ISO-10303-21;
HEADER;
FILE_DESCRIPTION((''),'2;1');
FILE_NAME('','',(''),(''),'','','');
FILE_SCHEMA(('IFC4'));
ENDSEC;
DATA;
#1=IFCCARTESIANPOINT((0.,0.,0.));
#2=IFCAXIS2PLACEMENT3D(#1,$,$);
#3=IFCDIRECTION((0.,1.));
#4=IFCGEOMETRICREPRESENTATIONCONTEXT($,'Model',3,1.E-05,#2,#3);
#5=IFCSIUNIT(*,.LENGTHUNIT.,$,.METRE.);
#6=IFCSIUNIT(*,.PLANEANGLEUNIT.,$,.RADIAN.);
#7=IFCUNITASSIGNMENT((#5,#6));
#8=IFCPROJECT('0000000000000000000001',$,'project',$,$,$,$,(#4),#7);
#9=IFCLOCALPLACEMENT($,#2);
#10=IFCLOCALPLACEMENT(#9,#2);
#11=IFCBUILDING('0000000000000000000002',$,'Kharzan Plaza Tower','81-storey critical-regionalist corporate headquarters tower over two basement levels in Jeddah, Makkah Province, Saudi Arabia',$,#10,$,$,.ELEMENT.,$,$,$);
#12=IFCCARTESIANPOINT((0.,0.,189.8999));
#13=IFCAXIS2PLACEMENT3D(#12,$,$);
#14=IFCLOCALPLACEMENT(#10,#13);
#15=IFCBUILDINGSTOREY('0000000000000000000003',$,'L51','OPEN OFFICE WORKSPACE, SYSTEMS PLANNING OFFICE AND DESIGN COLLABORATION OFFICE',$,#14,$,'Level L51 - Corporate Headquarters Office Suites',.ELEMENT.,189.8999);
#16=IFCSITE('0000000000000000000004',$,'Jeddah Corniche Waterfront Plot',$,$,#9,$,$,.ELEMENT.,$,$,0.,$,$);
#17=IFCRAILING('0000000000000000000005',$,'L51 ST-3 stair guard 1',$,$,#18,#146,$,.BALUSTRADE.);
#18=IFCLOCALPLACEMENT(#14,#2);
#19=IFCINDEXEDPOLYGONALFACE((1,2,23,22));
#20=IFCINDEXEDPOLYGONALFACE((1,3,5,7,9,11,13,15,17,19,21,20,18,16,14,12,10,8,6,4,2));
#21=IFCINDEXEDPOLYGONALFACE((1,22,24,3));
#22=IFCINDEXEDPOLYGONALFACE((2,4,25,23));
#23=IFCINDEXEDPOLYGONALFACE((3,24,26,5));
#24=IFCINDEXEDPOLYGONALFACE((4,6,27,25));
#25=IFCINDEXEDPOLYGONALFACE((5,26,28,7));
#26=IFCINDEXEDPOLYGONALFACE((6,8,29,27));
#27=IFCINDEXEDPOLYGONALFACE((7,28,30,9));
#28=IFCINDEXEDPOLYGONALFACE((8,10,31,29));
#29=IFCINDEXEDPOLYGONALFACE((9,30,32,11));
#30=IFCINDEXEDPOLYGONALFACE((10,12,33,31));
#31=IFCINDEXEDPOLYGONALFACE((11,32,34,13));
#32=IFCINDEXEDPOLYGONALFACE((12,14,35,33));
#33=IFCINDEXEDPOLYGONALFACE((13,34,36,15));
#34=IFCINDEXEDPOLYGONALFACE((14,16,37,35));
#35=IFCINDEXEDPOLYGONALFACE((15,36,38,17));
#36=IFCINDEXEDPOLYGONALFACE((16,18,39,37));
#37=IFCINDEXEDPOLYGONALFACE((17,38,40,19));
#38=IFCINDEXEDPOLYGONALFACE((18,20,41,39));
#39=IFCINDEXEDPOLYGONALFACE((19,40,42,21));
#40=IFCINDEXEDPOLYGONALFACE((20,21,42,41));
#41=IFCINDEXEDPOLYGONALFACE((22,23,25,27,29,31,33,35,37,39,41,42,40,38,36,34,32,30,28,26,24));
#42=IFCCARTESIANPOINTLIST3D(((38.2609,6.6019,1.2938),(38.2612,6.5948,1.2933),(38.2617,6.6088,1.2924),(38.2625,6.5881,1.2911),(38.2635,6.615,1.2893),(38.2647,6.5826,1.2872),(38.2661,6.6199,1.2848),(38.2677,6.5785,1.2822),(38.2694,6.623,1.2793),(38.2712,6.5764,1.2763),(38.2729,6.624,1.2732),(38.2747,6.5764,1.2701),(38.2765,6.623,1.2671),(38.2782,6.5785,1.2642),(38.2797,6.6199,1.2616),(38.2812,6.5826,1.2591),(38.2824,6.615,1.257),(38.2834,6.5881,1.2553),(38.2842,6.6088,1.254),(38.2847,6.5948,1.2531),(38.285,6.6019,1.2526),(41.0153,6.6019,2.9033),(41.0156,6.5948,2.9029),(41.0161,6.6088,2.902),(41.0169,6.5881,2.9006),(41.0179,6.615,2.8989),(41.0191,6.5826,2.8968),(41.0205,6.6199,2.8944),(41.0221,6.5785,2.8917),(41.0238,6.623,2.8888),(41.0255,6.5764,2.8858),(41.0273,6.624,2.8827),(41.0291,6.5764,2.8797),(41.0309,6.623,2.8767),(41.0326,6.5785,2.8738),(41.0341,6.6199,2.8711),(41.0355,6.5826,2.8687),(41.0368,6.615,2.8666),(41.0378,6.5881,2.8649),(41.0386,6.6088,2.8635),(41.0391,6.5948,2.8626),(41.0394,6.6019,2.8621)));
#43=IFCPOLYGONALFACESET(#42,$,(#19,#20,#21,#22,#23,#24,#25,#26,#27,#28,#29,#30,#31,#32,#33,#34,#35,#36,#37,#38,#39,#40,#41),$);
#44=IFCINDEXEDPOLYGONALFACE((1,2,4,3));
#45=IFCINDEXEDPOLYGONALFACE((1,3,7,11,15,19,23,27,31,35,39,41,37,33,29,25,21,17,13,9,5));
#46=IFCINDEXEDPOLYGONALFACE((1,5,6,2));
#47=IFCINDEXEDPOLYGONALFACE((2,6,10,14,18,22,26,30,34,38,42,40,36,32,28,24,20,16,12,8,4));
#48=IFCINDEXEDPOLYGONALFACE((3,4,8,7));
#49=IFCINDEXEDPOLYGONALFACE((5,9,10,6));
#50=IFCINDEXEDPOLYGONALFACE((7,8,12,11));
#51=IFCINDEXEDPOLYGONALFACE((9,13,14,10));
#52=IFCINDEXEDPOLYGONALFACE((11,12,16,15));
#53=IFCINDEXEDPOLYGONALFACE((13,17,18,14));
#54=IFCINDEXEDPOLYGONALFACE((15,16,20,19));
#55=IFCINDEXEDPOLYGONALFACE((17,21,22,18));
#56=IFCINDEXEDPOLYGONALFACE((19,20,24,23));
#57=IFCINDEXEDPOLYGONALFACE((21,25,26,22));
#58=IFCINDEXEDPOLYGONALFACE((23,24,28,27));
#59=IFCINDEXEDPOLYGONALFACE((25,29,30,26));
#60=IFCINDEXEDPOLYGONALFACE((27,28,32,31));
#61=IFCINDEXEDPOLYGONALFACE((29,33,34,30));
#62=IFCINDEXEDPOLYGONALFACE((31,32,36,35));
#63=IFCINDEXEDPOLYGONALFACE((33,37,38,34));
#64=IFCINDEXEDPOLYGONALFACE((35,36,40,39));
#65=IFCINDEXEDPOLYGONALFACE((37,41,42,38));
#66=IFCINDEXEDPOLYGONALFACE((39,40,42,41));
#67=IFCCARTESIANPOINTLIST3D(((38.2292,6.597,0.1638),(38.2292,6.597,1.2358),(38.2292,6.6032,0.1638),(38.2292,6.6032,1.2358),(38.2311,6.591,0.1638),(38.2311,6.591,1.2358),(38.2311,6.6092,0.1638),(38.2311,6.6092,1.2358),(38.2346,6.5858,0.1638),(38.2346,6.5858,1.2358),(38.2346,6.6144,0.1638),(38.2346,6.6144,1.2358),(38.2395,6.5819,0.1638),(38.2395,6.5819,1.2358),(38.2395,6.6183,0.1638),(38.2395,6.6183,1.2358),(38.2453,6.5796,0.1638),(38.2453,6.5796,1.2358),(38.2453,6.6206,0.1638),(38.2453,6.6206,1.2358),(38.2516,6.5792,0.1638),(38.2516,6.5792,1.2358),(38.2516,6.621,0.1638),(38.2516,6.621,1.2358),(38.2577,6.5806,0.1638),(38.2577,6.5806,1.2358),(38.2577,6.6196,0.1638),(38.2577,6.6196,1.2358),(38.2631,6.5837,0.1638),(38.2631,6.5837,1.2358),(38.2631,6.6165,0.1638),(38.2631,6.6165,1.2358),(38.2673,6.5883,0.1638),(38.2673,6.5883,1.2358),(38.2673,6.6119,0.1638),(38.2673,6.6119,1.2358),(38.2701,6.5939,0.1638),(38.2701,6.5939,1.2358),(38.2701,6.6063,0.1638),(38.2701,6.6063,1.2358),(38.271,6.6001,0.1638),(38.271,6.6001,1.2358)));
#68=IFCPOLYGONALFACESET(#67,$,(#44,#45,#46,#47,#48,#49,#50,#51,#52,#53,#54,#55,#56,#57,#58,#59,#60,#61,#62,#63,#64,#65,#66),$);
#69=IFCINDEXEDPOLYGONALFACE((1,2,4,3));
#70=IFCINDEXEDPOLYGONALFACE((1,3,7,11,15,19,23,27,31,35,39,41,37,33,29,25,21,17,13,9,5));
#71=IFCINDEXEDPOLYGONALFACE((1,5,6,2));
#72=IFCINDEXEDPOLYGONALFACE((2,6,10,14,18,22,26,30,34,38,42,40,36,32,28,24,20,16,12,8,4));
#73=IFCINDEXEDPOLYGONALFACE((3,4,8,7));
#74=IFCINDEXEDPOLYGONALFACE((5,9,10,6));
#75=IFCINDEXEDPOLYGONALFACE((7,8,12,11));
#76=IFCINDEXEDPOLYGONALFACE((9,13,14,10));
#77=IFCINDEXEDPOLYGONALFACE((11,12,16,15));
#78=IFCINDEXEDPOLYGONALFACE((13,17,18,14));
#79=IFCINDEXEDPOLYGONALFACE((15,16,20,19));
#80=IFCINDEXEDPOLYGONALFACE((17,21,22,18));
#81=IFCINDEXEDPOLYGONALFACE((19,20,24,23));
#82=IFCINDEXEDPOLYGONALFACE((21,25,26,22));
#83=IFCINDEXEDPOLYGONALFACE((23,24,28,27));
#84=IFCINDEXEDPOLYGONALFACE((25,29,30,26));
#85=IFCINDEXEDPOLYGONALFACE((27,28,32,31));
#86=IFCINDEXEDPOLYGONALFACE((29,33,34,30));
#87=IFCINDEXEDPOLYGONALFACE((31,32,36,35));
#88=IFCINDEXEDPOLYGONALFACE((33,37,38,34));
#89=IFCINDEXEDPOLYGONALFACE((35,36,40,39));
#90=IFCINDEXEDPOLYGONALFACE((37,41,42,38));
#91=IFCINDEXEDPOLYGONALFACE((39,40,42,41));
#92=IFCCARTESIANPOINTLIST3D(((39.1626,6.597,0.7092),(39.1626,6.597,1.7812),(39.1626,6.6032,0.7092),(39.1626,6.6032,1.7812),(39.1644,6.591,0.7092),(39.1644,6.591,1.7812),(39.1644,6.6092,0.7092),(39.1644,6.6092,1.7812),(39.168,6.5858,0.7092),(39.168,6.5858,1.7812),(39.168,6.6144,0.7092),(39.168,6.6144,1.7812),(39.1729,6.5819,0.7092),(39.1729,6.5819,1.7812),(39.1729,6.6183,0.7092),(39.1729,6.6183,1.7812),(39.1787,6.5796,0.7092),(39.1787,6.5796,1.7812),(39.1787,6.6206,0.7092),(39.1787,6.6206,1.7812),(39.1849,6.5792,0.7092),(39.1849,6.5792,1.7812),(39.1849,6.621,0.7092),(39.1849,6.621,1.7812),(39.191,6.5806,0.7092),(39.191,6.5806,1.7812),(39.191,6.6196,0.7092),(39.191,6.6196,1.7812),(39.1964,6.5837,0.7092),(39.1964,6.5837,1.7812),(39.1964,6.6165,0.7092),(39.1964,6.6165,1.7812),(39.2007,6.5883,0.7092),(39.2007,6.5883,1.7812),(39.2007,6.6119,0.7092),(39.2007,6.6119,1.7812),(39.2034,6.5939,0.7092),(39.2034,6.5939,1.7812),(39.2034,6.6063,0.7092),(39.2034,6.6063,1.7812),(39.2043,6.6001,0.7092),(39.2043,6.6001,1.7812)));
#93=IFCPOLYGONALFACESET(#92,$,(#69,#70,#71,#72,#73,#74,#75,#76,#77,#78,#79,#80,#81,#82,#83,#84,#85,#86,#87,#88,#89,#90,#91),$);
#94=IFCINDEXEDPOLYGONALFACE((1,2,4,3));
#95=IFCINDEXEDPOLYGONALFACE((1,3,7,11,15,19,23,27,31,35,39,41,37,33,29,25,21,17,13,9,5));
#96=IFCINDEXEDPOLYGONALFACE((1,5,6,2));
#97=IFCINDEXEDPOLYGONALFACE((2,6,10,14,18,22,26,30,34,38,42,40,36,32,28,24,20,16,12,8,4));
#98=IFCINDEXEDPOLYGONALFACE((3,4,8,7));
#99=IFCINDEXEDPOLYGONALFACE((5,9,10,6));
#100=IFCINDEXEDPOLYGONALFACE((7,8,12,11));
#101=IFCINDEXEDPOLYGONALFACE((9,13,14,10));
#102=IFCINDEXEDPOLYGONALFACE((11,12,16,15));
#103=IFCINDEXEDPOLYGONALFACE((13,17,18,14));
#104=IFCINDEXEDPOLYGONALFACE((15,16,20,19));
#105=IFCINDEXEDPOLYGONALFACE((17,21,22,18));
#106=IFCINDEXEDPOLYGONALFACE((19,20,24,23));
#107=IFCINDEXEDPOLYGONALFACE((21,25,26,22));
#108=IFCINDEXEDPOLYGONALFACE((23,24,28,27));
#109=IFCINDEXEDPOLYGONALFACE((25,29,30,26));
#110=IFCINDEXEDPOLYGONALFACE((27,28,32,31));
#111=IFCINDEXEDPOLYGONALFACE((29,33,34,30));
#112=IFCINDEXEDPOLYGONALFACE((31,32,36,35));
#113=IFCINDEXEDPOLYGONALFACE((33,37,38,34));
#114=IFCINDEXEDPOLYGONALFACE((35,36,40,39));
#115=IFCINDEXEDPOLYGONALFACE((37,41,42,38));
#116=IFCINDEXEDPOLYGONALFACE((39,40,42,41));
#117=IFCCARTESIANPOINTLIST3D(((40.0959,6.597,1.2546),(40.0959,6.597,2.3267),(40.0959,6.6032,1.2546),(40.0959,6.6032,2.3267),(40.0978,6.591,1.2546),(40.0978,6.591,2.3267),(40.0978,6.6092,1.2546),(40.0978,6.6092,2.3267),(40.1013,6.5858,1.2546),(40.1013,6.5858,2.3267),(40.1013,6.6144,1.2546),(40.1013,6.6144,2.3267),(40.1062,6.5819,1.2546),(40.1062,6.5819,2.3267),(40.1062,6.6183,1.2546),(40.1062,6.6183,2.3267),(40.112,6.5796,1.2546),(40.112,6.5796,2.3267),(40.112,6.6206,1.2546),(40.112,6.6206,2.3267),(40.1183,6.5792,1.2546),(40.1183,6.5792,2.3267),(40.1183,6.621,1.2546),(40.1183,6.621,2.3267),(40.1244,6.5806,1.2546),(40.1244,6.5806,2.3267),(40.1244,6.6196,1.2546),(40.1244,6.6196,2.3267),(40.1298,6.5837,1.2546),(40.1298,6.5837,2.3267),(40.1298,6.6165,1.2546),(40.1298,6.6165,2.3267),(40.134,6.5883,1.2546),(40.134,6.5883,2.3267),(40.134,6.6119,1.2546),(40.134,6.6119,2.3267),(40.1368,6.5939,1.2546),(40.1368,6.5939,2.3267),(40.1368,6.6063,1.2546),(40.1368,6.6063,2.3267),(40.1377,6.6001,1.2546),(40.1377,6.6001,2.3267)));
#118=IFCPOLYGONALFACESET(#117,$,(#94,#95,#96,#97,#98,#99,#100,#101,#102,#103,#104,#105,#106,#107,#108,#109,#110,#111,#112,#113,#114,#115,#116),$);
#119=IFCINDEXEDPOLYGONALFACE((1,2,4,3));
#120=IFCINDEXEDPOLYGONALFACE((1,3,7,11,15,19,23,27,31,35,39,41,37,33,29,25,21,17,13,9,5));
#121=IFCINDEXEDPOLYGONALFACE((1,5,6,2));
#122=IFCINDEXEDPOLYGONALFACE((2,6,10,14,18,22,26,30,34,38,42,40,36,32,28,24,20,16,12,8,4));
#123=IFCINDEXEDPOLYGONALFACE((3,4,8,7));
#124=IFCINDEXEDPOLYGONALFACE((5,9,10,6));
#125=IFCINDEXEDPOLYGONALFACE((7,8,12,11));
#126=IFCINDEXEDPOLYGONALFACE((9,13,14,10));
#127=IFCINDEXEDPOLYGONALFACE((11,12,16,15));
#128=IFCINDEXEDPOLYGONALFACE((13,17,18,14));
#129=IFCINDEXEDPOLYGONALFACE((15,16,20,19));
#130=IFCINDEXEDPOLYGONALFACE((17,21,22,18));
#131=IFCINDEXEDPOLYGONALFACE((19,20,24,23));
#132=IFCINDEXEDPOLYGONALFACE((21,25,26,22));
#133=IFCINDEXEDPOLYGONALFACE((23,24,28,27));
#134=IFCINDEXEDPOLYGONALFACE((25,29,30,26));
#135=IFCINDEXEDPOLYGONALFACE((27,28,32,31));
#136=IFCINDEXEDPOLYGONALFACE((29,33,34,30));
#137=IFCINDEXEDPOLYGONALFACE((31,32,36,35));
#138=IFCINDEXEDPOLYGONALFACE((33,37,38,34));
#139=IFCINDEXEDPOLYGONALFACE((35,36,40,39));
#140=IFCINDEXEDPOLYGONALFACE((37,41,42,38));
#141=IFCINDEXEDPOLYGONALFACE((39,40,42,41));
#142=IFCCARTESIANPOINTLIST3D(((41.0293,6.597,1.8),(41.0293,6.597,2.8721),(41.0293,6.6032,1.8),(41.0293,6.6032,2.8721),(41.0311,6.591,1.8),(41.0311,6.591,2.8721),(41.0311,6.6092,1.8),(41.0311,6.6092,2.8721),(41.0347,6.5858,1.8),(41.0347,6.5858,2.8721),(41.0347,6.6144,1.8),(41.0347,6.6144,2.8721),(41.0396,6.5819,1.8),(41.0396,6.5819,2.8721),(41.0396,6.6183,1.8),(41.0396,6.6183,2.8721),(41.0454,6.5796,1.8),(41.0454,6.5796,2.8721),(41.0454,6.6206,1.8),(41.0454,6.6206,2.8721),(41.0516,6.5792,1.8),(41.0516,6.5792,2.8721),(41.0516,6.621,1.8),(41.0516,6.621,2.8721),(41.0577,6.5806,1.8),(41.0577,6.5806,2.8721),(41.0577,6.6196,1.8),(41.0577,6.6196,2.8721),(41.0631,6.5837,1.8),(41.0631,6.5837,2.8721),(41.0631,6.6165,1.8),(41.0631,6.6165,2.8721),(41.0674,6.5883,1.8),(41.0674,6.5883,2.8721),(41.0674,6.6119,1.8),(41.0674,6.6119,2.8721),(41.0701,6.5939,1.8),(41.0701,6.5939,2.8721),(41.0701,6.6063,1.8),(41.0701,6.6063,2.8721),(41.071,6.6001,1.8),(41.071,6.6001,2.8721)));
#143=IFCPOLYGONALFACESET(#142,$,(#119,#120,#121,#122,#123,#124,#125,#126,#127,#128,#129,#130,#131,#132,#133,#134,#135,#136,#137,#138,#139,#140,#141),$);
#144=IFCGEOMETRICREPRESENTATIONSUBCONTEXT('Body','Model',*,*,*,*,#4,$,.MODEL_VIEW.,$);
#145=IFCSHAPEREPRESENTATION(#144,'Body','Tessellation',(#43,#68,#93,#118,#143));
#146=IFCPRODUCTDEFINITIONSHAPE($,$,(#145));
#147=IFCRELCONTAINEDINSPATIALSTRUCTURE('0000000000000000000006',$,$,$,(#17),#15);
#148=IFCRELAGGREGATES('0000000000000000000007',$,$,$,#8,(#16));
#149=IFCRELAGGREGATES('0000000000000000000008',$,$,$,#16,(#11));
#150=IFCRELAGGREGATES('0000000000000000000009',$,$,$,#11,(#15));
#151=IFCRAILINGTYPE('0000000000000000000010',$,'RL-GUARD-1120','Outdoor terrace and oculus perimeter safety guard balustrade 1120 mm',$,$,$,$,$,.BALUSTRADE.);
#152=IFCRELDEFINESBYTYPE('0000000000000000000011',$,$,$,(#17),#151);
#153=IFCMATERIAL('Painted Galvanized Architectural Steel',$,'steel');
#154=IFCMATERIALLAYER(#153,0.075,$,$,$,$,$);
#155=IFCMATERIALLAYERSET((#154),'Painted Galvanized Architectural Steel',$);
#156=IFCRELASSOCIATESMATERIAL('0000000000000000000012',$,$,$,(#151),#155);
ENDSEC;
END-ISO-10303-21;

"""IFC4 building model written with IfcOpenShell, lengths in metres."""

from ifc_helpers import new_model, si_unit, direction, frame, origin, origin_2d, place, context, subcontext, project, spatial, circle, extrude, source, transform, mapped, material, layer, layer_set, type_object, element, save


model = new_model("IFC4")

# Units and contexts
model_context = context("Model", 3, precision=1e-05, world=origin(), true_north=direction((0.0, 1.0)))
body_context = subcontext(model_context, "Body", "Model", "MODEL_VIEW")
ifc_project = project(units=[si_unit("LENGTHUNIT", "METRE"), si_unit("PLANEANGLEUNIT", "RADIAN")], contexts=[model_context])

# Site, building, storey
site_placement = place(None, origin())
site = spatial("IfcSite", under=ifc_project, at=site_placement, Name="Jeddah Corniche Waterfront Plot", CompositionType="ELEMENT", RefElevation=0.0)
building_placement = place(site_placement, origin())
building = spatial("IfcBuilding", under=site, at=building_placement, Name="Kharzan Plaza Tower", Description="81-storey critical-regionalist corporate headquarters tower over two basement levels in Jeddah, Makkah Province, Saudi Arabia", CompositionType="ELEMENT")
storey_placement = place(building_placement, frame((0.0, 0.0, 189.8999)))
storey = spatial("IfcBuildingStorey", under=building, at=storey_placement, Name="L51", Description="OPEN OFFICE WORKSPACE, SYSTEMS PLANNING OFFICE AND DESIGN COLLABORATION OFFICE", LongName="Level L51 - Corporate Headquarters Office Suites", CompositionType="ELEMENT", Elevation=189.8999)

# Railing
ifc_material_1 = material(Name="Painted Galvanized Architectural Steel", Category="steel")
ifc_layer_1 = layer(ifc_material_1, 0.075)
ifc_layer_set_1 = layer_set([ifc_layer_1], Name="Painted Galvanized Architectural Steel")
railing_type_1 = type_object("IfcRailingType", Name="RL-GUARD-1120", Description="Outdoor terrace and oculus perimeter safety guard balustrade 1120 mm", PredefinedType="BALUSTRADE", material=ifc_layer_set_1)
shared_shape_1 = source(origin(), body_context, "Body", "SweptSolid", [
    extrude(circle(Radius=0.0239, at=origin_2d()), frame((0.0229, 0.0, 1.1094), z_axis=(0.863394, 0.0, 0.504531), x_axis=(0.0, 1.0, 0.0)), (0.0, 0.0, 1.0), 3.1902),
    extrude(circle(Radius=0.021, at=origin_2d()), origin(), (0.0, 0.0, 1.0), 1.072),
    extrude(circle(Radius=0.021, at=origin_2d()), frame((0.9333, 0.0, 0.5454)), (0.0, 0.0, 1.0), 1.072),
    extrude(circle(Radius=0.021, at=origin_2d()), frame((1.8667, 0.0, 1.0908)), (0.0, 0.0, 1.0), 1.072),
    extrude(circle(Radius=0.021, at=origin_2d()), frame((2.8, 0.0, 1.6362)), (0.0, 0.0, 1.0), 1.072),
])
railing_1_placement = place(storey_placement, frame((38.25, 6.6001, 0.1638)))
element("IfcRailing", 1, at=railing_1_placement, inside=storey, type_object=railing_type_1, Name="L51 ST-3 stair guard 1", PredefinedType="BALUSTRADE", context=body_context, shape_type="MappedRepresentation", body=[
    mapped(shared_shape_1, transform((0.0, 0.0, 0.0), x_axis=(1.0, 0.0, 0.0), y_axis=(0.0, 1.0, 0.0), z_axis=(0.0, 0.0, 1.0))),
])

save(model, "model.ifc")
